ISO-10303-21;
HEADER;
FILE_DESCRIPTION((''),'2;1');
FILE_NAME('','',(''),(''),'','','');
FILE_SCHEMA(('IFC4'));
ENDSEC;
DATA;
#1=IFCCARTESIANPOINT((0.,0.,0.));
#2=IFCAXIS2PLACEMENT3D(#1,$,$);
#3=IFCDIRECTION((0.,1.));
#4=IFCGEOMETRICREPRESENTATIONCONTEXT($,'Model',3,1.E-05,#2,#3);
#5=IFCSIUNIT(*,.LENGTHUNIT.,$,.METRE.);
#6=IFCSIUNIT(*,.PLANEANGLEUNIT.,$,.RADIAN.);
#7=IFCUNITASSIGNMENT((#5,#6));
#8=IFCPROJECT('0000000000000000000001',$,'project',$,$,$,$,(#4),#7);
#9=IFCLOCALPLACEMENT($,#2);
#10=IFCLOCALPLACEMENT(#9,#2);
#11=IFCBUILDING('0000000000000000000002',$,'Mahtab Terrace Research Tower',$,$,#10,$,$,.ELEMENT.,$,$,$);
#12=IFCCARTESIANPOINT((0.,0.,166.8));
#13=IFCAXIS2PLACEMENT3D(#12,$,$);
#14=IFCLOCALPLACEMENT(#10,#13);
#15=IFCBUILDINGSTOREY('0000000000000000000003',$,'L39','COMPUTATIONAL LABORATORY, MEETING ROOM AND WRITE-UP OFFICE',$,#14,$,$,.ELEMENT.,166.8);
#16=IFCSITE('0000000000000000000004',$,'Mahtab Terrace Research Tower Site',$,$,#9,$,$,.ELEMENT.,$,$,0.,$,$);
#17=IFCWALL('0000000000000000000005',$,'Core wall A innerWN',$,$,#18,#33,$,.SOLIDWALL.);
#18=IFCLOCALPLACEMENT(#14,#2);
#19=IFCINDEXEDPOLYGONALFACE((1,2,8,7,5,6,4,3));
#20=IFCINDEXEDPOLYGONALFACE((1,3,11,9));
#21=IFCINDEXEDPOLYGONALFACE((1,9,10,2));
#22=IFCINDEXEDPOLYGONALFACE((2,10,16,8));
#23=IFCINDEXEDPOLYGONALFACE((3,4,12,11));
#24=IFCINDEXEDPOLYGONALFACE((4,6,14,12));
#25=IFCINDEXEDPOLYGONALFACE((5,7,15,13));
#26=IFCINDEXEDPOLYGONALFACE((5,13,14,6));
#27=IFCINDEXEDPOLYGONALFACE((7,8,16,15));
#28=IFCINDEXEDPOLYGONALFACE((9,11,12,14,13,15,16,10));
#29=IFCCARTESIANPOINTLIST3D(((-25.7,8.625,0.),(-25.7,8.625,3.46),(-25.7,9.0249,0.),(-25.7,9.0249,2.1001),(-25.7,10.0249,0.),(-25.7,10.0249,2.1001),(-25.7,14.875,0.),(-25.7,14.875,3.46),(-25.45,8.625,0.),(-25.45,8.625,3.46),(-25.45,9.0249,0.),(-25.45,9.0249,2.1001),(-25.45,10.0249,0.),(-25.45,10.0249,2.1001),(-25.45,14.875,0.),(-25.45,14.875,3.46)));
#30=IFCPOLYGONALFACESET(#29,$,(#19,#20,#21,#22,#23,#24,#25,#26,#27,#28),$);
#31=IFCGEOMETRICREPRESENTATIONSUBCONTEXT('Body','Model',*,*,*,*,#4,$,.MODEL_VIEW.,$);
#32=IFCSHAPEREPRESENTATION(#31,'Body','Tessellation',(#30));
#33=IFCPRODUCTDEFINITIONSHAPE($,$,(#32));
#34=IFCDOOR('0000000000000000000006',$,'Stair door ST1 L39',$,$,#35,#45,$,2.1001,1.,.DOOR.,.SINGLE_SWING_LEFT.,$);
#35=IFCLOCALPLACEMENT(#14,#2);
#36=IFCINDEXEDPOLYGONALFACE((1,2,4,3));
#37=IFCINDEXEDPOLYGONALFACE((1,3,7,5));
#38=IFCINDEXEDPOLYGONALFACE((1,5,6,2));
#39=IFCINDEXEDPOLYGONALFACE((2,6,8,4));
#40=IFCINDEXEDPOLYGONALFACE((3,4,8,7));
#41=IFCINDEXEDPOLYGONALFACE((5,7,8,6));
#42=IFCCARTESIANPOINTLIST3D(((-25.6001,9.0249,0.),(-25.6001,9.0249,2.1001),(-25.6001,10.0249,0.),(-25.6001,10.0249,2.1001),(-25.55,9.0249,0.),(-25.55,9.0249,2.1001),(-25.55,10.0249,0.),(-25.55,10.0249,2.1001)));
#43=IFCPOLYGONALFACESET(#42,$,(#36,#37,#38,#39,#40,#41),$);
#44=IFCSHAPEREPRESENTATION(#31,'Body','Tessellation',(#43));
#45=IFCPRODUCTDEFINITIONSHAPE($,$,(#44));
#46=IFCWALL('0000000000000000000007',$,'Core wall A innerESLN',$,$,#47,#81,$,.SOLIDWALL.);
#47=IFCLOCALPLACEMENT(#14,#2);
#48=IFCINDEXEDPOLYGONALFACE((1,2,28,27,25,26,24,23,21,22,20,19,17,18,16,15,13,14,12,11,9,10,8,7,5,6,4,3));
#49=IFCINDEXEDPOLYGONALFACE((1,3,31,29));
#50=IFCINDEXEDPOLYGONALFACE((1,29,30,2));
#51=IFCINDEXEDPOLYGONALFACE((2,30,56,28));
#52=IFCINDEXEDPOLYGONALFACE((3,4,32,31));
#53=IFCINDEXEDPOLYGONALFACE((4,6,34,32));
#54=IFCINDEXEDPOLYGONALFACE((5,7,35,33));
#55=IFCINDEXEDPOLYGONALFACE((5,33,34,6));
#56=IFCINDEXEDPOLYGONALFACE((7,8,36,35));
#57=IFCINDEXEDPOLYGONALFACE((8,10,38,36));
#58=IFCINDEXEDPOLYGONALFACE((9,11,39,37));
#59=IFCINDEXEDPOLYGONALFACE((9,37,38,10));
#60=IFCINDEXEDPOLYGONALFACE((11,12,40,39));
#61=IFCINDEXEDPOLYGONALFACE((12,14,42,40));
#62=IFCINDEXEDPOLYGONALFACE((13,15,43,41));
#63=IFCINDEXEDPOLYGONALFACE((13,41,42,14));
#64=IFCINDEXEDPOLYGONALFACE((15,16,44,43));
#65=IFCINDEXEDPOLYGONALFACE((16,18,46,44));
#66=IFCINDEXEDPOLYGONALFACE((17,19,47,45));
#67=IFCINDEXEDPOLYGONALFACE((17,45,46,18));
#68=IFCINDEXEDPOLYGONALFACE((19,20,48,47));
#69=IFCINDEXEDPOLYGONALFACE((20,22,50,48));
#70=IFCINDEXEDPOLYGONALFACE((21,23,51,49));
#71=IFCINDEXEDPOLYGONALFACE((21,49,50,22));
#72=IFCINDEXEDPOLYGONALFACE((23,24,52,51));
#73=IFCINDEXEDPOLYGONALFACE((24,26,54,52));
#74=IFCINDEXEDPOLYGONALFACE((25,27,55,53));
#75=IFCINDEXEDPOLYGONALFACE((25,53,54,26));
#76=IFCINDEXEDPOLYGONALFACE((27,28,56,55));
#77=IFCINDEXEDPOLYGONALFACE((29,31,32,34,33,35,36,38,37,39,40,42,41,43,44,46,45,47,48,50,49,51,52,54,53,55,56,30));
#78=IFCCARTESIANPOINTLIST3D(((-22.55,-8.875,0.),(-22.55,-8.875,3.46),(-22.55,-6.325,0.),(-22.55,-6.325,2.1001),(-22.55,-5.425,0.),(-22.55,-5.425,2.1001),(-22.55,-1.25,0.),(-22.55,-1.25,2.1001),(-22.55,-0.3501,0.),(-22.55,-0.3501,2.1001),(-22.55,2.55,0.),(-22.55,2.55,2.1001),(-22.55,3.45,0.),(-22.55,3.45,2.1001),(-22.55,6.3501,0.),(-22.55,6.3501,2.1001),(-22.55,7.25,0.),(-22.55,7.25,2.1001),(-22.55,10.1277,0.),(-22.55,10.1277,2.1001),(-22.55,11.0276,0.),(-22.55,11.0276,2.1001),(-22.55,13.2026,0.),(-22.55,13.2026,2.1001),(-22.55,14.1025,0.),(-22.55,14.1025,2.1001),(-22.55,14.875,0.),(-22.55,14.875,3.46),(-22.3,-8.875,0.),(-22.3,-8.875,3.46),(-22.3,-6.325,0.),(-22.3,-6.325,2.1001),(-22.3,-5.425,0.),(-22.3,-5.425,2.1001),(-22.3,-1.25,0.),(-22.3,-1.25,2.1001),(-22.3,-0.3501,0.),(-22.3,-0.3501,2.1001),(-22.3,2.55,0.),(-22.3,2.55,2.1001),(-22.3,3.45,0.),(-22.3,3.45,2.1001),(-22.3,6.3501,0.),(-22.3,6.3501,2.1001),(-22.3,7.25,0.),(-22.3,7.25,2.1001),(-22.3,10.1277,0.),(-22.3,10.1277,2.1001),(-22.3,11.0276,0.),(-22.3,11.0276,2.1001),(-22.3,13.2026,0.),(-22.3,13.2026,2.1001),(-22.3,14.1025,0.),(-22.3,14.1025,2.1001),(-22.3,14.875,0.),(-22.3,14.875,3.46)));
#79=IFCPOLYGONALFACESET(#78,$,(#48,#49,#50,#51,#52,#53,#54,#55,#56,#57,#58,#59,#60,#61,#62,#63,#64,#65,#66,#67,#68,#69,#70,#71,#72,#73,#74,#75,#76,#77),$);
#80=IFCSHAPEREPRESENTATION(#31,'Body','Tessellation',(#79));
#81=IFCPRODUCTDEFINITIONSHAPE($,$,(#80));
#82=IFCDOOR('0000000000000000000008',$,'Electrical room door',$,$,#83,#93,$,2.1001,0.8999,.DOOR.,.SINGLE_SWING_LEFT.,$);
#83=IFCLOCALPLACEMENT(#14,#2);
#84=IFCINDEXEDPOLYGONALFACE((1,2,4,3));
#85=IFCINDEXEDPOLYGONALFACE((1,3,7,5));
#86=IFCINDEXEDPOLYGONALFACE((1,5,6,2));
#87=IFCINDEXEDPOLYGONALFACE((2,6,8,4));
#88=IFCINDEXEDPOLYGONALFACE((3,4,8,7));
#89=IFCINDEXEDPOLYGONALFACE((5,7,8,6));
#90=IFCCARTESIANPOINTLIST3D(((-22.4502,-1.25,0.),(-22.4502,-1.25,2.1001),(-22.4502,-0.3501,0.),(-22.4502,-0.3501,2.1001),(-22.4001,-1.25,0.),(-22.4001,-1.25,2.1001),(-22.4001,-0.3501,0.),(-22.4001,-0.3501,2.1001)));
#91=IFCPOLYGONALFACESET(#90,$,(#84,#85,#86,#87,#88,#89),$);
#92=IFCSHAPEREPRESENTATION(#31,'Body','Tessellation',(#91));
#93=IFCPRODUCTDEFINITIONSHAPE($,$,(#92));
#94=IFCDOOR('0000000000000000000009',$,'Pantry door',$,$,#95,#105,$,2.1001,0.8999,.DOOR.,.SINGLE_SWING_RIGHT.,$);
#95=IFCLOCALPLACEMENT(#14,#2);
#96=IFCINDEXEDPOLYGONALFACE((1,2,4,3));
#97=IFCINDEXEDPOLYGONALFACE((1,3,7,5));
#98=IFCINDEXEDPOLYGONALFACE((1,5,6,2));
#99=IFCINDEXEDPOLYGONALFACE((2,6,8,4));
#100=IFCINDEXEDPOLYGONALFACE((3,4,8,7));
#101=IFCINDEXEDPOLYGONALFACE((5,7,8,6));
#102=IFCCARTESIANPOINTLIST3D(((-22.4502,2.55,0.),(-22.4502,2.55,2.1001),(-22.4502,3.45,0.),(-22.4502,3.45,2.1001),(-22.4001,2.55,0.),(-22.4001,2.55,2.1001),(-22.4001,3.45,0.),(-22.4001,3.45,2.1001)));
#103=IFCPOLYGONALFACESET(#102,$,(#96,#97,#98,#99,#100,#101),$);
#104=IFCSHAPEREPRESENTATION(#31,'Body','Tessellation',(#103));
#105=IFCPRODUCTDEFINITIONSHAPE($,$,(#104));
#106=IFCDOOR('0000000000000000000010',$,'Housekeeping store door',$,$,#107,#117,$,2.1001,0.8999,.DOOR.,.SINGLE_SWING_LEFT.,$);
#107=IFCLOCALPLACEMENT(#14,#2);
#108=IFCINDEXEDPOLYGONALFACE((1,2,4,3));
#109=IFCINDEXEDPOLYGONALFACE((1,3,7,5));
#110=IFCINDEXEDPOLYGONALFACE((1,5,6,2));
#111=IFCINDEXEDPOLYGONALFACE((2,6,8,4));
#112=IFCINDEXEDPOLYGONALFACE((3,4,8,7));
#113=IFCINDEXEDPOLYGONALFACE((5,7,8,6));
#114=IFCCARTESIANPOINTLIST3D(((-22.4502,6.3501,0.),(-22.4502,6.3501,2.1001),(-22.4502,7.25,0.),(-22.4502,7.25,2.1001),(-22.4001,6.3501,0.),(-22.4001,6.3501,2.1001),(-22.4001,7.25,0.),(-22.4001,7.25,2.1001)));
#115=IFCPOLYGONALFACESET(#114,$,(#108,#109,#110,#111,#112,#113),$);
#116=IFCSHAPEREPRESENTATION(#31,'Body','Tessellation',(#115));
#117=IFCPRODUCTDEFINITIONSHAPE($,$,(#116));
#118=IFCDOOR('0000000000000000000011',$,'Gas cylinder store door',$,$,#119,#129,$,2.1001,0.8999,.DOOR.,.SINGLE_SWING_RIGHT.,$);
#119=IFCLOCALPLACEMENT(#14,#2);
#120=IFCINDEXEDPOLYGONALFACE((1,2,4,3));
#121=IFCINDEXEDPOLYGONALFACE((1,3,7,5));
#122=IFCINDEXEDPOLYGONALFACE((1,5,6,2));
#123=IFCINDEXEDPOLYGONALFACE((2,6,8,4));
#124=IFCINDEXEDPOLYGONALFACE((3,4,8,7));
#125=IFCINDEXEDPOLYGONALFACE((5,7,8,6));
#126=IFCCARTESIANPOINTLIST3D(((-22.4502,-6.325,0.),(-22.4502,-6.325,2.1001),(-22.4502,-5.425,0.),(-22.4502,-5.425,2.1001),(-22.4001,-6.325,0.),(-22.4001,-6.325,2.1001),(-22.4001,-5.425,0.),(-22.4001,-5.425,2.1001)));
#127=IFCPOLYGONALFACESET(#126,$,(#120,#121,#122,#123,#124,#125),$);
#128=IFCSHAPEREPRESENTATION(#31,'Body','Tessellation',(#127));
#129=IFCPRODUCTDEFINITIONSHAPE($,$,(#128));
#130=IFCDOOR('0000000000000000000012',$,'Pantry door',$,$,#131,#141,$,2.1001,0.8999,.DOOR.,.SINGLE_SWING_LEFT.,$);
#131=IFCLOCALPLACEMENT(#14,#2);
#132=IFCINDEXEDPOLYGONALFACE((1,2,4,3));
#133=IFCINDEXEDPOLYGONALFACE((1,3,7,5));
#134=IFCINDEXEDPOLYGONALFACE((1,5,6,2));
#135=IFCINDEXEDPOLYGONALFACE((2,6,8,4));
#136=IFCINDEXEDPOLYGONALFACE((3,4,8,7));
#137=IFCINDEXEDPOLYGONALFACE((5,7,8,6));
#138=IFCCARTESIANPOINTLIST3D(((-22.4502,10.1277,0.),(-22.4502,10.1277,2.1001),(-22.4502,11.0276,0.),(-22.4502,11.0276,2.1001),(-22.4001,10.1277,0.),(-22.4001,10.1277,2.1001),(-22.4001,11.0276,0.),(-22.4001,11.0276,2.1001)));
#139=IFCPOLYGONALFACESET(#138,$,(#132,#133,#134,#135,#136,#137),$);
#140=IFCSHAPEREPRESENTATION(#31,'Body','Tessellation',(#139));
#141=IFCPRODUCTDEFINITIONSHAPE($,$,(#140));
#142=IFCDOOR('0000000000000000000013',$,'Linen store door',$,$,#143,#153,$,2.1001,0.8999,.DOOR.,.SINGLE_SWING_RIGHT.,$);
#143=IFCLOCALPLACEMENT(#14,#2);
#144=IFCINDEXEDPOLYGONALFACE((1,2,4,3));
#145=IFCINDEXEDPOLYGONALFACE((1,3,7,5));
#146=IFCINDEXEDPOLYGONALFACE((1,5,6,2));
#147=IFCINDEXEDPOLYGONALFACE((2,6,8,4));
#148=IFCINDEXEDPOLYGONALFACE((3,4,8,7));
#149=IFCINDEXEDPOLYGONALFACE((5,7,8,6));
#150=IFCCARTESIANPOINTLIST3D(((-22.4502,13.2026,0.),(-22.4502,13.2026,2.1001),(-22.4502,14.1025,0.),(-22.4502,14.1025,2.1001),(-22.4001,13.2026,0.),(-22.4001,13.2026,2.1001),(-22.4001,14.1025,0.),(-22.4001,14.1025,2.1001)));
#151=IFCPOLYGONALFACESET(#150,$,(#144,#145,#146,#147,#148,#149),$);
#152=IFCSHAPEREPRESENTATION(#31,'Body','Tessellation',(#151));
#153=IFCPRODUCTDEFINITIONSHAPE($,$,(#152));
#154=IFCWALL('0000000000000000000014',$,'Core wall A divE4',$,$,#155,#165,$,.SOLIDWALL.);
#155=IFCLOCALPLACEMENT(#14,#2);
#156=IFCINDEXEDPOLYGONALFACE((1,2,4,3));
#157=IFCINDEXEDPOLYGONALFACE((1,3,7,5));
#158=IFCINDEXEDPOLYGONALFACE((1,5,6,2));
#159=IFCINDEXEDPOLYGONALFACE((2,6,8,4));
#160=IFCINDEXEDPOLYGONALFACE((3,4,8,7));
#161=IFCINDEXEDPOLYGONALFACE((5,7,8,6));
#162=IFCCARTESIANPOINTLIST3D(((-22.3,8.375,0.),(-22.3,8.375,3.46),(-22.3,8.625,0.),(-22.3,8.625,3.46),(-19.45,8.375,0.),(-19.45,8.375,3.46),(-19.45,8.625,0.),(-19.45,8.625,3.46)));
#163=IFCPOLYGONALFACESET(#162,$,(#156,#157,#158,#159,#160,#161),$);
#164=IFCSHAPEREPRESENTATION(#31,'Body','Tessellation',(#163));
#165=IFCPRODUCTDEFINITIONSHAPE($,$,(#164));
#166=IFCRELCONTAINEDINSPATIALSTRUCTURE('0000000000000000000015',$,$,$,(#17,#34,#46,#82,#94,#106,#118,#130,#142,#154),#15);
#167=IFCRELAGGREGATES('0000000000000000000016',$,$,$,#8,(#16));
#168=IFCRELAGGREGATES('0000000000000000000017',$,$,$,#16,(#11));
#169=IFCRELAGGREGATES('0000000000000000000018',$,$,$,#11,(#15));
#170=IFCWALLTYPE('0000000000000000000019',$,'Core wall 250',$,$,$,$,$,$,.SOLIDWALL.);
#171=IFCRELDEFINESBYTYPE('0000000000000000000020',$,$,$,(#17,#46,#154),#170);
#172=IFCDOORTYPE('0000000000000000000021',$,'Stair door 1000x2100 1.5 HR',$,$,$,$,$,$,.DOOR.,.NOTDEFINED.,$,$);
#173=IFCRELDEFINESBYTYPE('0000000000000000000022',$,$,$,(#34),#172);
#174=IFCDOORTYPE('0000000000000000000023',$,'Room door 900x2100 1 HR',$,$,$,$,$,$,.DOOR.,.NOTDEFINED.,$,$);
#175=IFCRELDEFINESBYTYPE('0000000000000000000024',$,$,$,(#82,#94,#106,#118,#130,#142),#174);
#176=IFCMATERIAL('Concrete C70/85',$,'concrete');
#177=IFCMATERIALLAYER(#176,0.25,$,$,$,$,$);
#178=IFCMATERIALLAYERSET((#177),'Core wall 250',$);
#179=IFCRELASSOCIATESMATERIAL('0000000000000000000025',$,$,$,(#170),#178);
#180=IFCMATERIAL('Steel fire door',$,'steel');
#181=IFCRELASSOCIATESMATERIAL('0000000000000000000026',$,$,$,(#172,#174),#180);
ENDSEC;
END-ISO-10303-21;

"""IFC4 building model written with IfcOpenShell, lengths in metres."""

from ifc_helpers import new_model, si_unit, direction, frame, frame_2d, origin, place, context, subcontext, project, spatial, rectangle, extrude, material, layer, layer_set, type_object, element, fill, save


model = new_model("IFC4")

# Units and contexts
model_context = context("Model", 3, precision=1e-05, world=origin(), true_north=direction((0.0, 1.0)))
body_context = subcontext(model_context, "Body", "Model", "MODEL_VIEW")
ifc_project = project(units=[si_unit("LENGTHUNIT", "METRE"), si_unit("PLANEANGLEUNIT", "RADIAN")], contexts=[model_context])

# Site, building, storey
site_placement = place(None, origin())
site = spatial("IfcSite", under=ifc_project, at=site_placement, Name="Mahtab Terrace Research Tower Site", CompositionType="ELEMENT", RefElevation=0.0)
building_placement = place(site_placement, origin())
building = spatial("IfcBuilding", under=site, at=building_placement, Name="Mahtab Terrace Research Tower", CompositionType="ELEMENT")
storey_placement = place(building_placement, frame((0.0, 0.0, 166.8)))
storey = spatial("IfcBuildingStorey", under=building, at=storey_placement, Name="L39", Description="COMPUTATIONAL LABORATORY, MEETING ROOM AND WRITE-UP OFFICE", CompositionType="ELEMENT", Elevation=166.8)

# Shared definitions
ifc_material_1 = material(Name="Concrete C70/85", Category="concrete")

# Wall, opening, door
ifc_layer_1 = layer(ifc_material_1, 0.25)
ifc_layer_set_1 = layer_set([ifc_layer_1], Name="Core wall 250")
wall_type_1 = type_object("IfcWallType", Name="Core wall 250", PredefinedType="SOLIDWALL", material=ifc_layer_set_1)
wall_1_placement = place(storey_placement, frame((-25.575, 14.875, 0.0), z_axis=(0.0, 0.0, 1.0), x_axis=(0.0, -1.0, 0.0)))
wall_1 = element("IfcWall", 1, at=wall_1_placement, inside=storey, type_object=wall_type_1, Name="Core wall A innerWN", PredefinedType="SOLIDWALL", context=body_context, shape_type="SweptSolid", body=[
    extrude(rectangle(XDim=6.25, YDim=0.25, at=frame_2d((3.125, 0.0))), origin(), (0.0, 0.0, 1.0), 3.46),
])
opening_1_placement = place(wall_1_placement, frame((4.8501, 0.0, 0.0)))
opening_1 = element("IfcOpeningElement", 2, at=opening_1_placement, cuts=wall_1, PredefinedType="OPENING", context=body_context, shape_type="SweptSolid", body=[
    extrude(rectangle(XDim=1.0, YDim=2.1001, at=frame_2d((0.5, 1.05))), frame((0.0, 0.135, 0.0), z_axis=(0.0, -1.0, 0.0), x_axis=(1.0, 0.0, 0.0)), (0.0, 0.0, 1.0), 0.27),
])
ifc_material_2 = material(Name="Steel fire door", Category="steel")
door_type_1 = type_object("IfcDoorType", Name="Stair door 1000x2100 1.5 HR", OperationType="NOTDEFINED", PredefinedType="DOOR", material=ifc_material_2)
door_1_placement = place(opening_1_placement, origin())
door_1 = element("IfcDoor", 3, at=door_1_placement, inside=storey, type_object=door_type_1, Name="Stair door ST1 L39", OperationType="SINGLE_SWING_LEFT", OverallHeight=2.1001, OverallWidth=1.0, PredefinedType="DOOR", context=body_context, shape_type="SweptSolid", body=[
    extrude(rectangle(XDim=1.0, YDim=2.1001, at=frame_2d((0.5, 1.05))), frame((0.0, 0.0249, 0.0), z_axis=(0.0, -1.0, 0.0), x_axis=(1.0, 0.0, 0.0)), (0.0, 0.0, 1.0), 0.05),
])
fill(opening_1, door_1)

# Wall, openings, doors
wall_2_placement = place(storey_placement, frame((-22.425, 14.875, 0.0), z_axis=(0.0, 0.0, 1.0), x_axis=(0.0, -1.0, 0.0)))
wall_2 = element("IfcWall", 4, at=wall_2_placement, inside=storey, type_object=wall_type_1, Name="Core wall A innerESLN", PredefinedType="SOLIDWALL", context=body_context, shape_type="SweptSolid", body=[
    extrude(rectangle(XDim=23.75, YDim=0.25, at=frame_2d((11.875, 0.0))), origin(), (0.0, 0.0, 1.0), 3.46),
])
opening_2_placement = place(wall_2_placement, frame((15.2251, 0.0, 0.0)))
opening_2 = element("IfcOpeningElement", 5, at=opening_2_placement, cuts=wall_2, PredefinedType="OPENING", context=body_context, shape_type="SweptSolid", body=[
    extrude(rectangle(XDim=0.8999, YDim=2.1001, at=frame_2d((0.45, 1.05))), frame((0.0, 0.135, 0.0), z_axis=(0.0, -1.0, 0.0), x_axis=(1.0, 0.0, 0.0)), (0.0, 0.0, 1.0), 0.27),
])
opening_3_placement = place(wall_2_placement, frame((11.425, 0.0, 0.0)))
opening_3 = element("IfcOpeningElement", 6, at=opening_3_placement, cuts=wall_2, PredefinedType="OPENING", context=body_context, shape_type="SweptSolid", body=[
    extrude(rectangle(XDim=0.8999, YDim=2.1001, at=frame_2d((0.45, 1.05))), frame((0.0, 0.135, 0.0), z_axis=(0.0, -1.0, 0.0), x_axis=(1.0, 0.0, 0.0)), (0.0, 0.0, 1.0), 0.27),
])
opening_4_placement = place(wall_2_placement, frame((7.625, 0.0, 0.0)))
opening_4 = element("IfcOpeningElement", 7, at=opening_4_placement, cuts=wall_2, PredefinedType="OPENING", context=body_context, shape_type="SweptSolid", body=[
    extrude(rectangle(XDim=0.8999, YDim=2.1001, at=frame_2d((0.45, 1.05))), frame((0.0, 0.135, 0.0), z_axis=(0.0, -1.0, 0.0), x_axis=(1.0, 0.0, 0.0)), (0.0, 0.0, 1.0), 0.27),
])
opening_5_placement = place(wall_2_placement, frame((20.3, 0.0, 0.0)))
opening_5 = element("IfcOpeningElement", 8, at=opening_5_placement, cuts=wall_2, PredefinedType="OPENING", context=body_context, shape_type="SweptSolid", body=[
    extrude(rectangle(XDim=0.8999, YDim=2.1001, at=frame_2d((0.45, 1.05))), frame((0.0, 0.135, 0.0), z_axis=(0.0, -1.0, 0.0), x_axis=(1.0, 0.0, 0.0)), (0.0, 0.0, 1.0), 0.27),
])
opening_6_placement = place(wall_2_placement, frame((3.8474, 0.0, 0.0)))
opening_6 = element("IfcOpeningElement", 9, at=opening_6_placement, cuts=wall_2, PredefinedType="OPENING", context=body_context, shape_type="SweptSolid", body=[
    extrude(rectangle(XDim=0.8999, YDim=2.1001, at=frame_2d((0.45, 1.05))), frame((0.0, 0.135, 0.0), z_axis=(0.0, -1.0, 0.0), x_axis=(1.0, 0.0, 0.0)), (0.0, 0.0, 1.0), 0.27),
])
opening_7_placement = place(wall_2_placement, frame((0.7725, 0.0, 0.0)))
opening_7 = element("IfcOpeningElement", 10, at=opening_7_placement, cuts=wall_2, PredefinedType="OPENING", context=body_context, shape_type="SweptSolid", body=[
    extrude(rectangle(XDim=0.8999, YDim=2.1001, at=frame_2d((0.45, 1.05))), frame((0.0, 0.135, 0.0), z_axis=(0.0, -1.0, 0.0), x_axis=(1.0, 0.0, 0.0)), (0.0, 0.0, 1.0), 0.27),
])
door_type_2 = type_object("IfcDoorType", Name="Room door 900x2100 1 HR", OperationType="NOTDEFINED", PredefinedType="DOOR", material=ifc_material_2)
door_2_placement = place(opening_2_placement, origin())
door_2 = element("IfcDoor", 11, at=door_2_placement, inside=storey, type_object=door_type_2, Name="Electrical room door", OperationType="SINGLE_SWING_LEFT", OverallHeight=2.1001, OverallWidth=0.8999, PredefinedType="DOOR", context=body_context, shape_type="SweptSolid", body=[
    extrude(rectangle(XDim=0.8999, YDim=2.1001, at=frame_2d((0.45, 1.05))), frame((0.0, 0.0249, 0.0), z_axis=(0.0, -1.0, 0.0), x_axis=(1.0, 0.0, 0.0)), (0.0, 0.0, 1.0), 0.05),
])
fill(opening_2, door_2)
door_3_placement = place(opening_3_placement, origin())
door_3 = element("IfcDoor", 12, at=door_3_placement, inside=storey, type_object=door_type_2, Name="Pantry door", OperationType="SINGLE_SWING_RIGHT", OverallHeight=2.1001, OverallWidth=0.8999, PredefinedType="DOOR", context=body_context, shape_type="SweptSolid", body=[
    extrude(rectangle(XDim=0.8999, YDim=2.1001, at=frame_2d((0.45, 1.05))), frame((0.0, 0.0249, 0.0), z_axis=(0.0, -1.0, 0.0), x_axis=(1.0, 0.0, 0.0)), (0.0, 0.0, 1.0), 0.05),
])
fill(opening_3, door_3)
door_4_placement = place(opening_4_placement, origin())
door_4 = element("IfcDoor", 13, at=door_4_placement, inside=storey, type_object=door_type_2, Name="Housekeeping store door", OperationType="SINGLE_SWING_LEFT", OverallHeight=2.1001, OverallWidth=0.8999, PredefinedType="DOOR", context=body_context, shape_type="SweptSolid", body=[
    extrude(rectangle(XDim=0.8999, YDim=2.1001, at=frame_2d((0.45, 1.05))), frame((0.0, 0.0249, 0.0), z_axis=(0.0, -1.0, 0.0), x_axis=(1.0, 0.0, 0.0)), (0.0, 0.0, 1.0), 0.05),
])
fill(opening_4, door_4)
door_5_placement = place(opening_5_placement, origin())
door_5 = element("IfcDoor", 14, at=door_5_placement, inside=storey, type_object=door_type_2, Name="Gas cylinder store door", OperationType="SINGLE_SWING_RIGHT", OverallHeight=2.1001, OverallWidth=0.8999, PredefinedType="DOOR", context=body_context, shape_type="SweptSolid", body=[
    extrude(rectangle(XDim=0.8999, YDim=2.1001, at=frame_2d((0.45, 1.05))), frame((0.0, 0.0249, 0.0), z_axis=(0.0, -1.0, 0.0), x_axis=(1.0, 0.0, 0.0)), (0.0, 0.0, 1.0), 0.05),
])
fill(opening_5, door_5)
door_6_placement = place(opening_6_placement, origin())
door_6 = element("IfcDoor", 15, at=door_6_placement, inside=storey, type_object=door_type_2, Name="Pantry door", OperationType="SINGLE_SWING_LEFT", OverallHeight=2.1001, OverallWidth=0.8999, PredefinedType="DOOR", context=body_context, shape_type="SweptSolid", body=[
    extrude(rectangle(XDim=0.8999, YDim=2.1001, at=frame_2d((0.45, 1.05))), frame((0.0, 0.0249, 0.0), z_axis=(0.0, -1.0, 0.0), x_axis=(1.0, 0.0, 0.0)), (0.0, 0.0, 1.0), 0.05),
])
fill(opening_6, door_6)
door_7_placement = place(opening_7_placement, origin())
door_7 = element("IfcDoor", 16, at=door_7_placement, inside=storey, type_object=door_type_2, Name="Linen store door", OperationType="SINGLE_SWING_RIGHT", OverallHeight=2.1001, OverallWidth=0.8999, PredefinedType="DOOR", context=body_context, shape_type="SweptSolid", body=[
    extrude(rectangle(XDim=0.8999, YDim=2.1001, at=frame_2d((0.45, 1.05))), frame((0.0, 0.0249, 0.0), z_axis=(0.0, -1.0, 0.0), x_axis=(1.0, 0.0, 0.0)), (0.0, 0.0, 1.0), 0.05),
])
fill(opening_7, door_7)

# Wall
wall_3_placement = place(storey_placement, frame((-22.3, 8.5, 0.0), z_axis=(0.0, 0.0, 1.0), x_axis=(1.0, 0.0, 0.0)))
element("IfcWall", 17, at=wall_3_placement, inside=storey, type_object=wall_type_1, Name="Core wall A divE4", PredefinedType="SOLIDWALL", context=body_context, shape_type="SweptSolid", body=[
    extrude(rectangle(XDim=2.8501, YDim=0.25, at=frame_2d((1.425, 0.0))), origin(), (0.0, 0.0, 1.0), 3.46),
])

save(model, "model.ifc")
